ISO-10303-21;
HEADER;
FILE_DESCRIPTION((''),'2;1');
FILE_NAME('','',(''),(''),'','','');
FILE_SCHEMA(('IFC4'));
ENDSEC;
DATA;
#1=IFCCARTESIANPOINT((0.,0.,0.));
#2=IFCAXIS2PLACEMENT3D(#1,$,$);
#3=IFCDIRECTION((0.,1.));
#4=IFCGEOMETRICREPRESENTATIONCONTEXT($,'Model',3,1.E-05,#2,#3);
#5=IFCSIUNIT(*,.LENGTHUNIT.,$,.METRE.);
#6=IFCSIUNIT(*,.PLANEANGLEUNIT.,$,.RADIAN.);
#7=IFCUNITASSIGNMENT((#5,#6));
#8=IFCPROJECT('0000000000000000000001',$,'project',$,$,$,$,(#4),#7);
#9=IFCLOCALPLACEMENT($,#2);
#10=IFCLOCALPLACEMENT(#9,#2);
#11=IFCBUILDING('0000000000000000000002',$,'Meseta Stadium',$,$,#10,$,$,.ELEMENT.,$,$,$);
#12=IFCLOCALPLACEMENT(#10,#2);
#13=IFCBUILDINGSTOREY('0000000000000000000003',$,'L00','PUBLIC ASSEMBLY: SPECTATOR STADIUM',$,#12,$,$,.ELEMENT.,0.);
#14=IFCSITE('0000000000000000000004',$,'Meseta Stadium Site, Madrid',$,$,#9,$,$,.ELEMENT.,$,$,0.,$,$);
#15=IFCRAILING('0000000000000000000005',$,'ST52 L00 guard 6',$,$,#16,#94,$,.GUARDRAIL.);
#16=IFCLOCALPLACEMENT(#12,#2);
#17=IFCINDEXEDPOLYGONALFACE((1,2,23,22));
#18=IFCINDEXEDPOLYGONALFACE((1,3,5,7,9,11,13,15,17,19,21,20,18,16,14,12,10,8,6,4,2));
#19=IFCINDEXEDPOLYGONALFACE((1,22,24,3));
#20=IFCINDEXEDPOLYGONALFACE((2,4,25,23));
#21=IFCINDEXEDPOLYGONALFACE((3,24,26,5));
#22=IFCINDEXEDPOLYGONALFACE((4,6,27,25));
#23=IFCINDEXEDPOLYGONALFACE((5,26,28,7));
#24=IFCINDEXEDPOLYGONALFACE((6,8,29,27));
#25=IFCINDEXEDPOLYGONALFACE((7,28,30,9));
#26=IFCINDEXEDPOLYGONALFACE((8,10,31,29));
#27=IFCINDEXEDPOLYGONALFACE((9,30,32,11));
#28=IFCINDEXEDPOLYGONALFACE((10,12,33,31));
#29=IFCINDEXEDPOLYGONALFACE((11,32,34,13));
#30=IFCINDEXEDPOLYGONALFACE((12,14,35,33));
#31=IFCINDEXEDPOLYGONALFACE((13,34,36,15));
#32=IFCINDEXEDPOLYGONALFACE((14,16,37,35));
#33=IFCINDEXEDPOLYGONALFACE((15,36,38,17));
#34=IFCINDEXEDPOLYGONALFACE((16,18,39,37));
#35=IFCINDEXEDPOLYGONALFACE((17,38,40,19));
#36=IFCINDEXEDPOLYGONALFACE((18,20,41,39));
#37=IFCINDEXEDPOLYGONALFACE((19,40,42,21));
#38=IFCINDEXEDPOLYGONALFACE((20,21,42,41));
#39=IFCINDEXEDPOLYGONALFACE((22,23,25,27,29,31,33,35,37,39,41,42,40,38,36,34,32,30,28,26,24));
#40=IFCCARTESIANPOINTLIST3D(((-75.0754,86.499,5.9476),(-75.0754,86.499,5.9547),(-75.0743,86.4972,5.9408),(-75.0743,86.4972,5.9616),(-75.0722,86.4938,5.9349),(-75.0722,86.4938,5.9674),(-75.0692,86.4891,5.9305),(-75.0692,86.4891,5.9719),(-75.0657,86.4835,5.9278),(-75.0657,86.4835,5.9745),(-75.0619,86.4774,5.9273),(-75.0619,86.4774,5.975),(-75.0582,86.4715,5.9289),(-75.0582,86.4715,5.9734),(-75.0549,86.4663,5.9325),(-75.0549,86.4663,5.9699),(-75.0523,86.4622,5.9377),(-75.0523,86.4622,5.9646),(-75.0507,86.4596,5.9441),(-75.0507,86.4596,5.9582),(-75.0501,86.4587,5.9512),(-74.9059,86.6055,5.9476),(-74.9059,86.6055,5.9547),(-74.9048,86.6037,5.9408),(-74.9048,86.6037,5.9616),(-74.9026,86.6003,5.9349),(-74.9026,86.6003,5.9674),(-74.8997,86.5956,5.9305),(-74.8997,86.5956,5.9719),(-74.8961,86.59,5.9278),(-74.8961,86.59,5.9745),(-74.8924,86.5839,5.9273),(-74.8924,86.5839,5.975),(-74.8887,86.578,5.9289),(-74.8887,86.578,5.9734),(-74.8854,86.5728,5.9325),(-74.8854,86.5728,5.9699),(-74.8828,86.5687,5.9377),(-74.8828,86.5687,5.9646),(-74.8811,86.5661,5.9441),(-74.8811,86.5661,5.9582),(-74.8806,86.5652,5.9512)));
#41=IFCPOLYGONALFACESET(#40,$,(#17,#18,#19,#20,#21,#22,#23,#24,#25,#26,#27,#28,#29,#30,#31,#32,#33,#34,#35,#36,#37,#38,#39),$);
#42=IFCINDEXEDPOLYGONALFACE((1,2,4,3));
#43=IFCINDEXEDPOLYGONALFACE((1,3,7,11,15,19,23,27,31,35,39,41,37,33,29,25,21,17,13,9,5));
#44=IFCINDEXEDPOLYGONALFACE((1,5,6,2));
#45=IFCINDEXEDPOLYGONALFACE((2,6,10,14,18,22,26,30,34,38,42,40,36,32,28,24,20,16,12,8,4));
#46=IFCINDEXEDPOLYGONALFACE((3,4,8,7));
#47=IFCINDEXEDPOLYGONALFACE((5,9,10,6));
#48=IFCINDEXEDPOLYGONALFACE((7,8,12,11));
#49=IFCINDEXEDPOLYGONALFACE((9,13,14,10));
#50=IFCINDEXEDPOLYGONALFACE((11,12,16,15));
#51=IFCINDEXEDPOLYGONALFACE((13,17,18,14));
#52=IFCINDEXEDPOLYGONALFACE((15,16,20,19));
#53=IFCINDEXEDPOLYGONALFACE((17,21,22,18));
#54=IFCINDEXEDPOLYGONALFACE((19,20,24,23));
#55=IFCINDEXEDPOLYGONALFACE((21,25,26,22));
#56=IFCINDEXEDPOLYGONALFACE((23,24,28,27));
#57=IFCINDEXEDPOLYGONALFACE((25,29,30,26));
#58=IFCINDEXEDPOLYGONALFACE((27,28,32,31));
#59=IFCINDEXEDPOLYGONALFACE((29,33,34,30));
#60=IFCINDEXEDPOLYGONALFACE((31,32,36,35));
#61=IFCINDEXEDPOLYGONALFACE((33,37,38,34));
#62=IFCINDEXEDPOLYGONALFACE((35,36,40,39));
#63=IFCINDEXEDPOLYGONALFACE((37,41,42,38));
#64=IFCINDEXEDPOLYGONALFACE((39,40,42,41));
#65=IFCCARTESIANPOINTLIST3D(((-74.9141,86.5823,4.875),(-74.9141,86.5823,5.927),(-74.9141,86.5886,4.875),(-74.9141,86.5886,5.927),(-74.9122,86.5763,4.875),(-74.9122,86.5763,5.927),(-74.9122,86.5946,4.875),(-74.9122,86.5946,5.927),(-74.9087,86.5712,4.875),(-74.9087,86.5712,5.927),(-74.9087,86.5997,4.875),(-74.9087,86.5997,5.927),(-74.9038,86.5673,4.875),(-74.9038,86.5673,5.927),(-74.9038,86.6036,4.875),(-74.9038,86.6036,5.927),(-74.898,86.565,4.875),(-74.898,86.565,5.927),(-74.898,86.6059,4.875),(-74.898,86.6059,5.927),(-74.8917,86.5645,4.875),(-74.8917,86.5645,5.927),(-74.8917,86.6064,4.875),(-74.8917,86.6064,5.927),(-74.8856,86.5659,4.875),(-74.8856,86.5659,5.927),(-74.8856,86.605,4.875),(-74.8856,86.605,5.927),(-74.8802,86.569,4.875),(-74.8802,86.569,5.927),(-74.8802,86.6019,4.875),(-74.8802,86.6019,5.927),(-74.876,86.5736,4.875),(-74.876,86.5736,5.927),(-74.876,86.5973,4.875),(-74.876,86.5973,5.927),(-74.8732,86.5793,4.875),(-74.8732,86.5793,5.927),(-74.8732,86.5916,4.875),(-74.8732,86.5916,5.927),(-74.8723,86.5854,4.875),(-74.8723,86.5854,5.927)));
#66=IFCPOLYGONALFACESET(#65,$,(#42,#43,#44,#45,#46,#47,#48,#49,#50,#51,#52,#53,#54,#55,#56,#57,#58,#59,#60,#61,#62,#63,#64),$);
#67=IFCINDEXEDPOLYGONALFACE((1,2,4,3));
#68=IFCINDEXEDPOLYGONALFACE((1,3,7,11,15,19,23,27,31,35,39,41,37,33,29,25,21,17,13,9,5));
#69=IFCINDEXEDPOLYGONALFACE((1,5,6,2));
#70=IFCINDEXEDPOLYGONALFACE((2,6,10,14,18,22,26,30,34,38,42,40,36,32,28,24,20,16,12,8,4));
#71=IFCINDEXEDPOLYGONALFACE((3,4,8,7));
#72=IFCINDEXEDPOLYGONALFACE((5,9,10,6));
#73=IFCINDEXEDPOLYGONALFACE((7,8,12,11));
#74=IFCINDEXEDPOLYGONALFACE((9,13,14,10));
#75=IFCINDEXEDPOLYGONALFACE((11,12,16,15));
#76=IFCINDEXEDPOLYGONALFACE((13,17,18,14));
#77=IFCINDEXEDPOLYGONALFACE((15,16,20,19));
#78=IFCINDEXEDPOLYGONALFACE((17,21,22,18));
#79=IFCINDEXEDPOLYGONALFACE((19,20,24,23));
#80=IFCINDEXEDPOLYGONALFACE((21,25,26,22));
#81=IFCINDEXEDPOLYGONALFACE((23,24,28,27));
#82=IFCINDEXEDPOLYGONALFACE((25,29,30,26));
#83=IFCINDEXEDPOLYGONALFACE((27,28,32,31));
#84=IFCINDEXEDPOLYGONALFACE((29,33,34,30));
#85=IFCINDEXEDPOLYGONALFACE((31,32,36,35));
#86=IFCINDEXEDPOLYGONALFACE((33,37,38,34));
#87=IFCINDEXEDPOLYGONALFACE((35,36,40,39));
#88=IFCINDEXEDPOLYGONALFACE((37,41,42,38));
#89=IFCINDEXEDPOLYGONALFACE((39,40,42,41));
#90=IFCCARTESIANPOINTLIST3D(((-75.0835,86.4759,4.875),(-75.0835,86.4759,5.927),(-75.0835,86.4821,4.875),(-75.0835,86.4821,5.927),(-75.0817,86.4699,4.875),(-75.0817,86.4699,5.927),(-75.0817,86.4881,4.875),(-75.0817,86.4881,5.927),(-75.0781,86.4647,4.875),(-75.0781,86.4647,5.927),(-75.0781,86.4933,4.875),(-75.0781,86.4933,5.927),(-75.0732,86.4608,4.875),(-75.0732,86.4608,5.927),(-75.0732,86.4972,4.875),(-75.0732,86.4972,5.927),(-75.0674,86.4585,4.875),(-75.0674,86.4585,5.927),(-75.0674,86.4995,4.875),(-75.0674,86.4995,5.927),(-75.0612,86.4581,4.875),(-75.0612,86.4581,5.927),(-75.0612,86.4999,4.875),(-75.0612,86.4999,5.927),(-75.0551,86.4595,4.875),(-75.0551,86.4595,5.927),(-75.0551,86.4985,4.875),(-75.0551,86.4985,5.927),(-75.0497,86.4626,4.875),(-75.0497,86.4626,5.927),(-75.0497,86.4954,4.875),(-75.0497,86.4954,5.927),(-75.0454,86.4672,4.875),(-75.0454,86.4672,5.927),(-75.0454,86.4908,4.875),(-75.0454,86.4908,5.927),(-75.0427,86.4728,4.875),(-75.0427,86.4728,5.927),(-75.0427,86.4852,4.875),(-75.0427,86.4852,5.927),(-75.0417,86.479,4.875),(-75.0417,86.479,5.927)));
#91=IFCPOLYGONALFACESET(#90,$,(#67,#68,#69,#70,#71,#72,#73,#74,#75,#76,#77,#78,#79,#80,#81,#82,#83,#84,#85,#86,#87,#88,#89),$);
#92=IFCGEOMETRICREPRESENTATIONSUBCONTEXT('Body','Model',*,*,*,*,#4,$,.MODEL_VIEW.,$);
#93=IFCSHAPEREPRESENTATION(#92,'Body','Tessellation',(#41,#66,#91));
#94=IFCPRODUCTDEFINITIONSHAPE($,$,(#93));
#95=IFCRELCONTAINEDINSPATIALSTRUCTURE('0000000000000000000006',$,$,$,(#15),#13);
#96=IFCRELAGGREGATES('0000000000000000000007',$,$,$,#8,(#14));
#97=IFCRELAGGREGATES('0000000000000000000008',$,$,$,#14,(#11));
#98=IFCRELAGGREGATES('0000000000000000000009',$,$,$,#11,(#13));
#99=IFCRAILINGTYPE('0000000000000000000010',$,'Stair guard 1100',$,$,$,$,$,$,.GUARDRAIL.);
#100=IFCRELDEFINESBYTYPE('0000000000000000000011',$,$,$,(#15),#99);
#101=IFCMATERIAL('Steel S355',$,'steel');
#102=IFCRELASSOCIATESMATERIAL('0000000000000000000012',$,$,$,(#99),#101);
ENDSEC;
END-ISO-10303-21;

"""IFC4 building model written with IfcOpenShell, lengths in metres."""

from ifc_helpers import new_model, si_unit, direction, frame, origin, origin_2d, place, context, subcontext, project, spatial, circle, extrude, material, type_object, element, save


model = new_model("IFC4")

# Units and contexts
model_context = context("Model", 3, precision=1e-05, world=origin(), true_north=direction((0.0, 1.0)))
body_context = subcontext(model_context, "Body", "Model", "MODEL_VIEW")
ifc_project = project(units=[si_unit("LENGTHUNIT", "METRE"), si_unit("PLANEANGLEUNIT", "RADIAN")], contexts=[model_context])

# Site, building, storey
site_placement = place(None, origin())
site = spatial("IfcSite", under=ifc_project, at=site_placement, Name="Meseta Stadium Site, Madrid", CompositionType="ELEMENT", RefElevation=0.0)
building_placement = place(site_placement, origin())
building = spatial("IfcBuilding", under=site, at=building_placement, Name="Meseta Stadium", CompositionType="ELEMENT")
storey_placement = place(building_placement, origin())
storey = spatial("IfcBuildingStorey", under=building, at=storey_placement, Name="L00", Description="PUBLIC ASSEMBLY: SPECTATOR STADIUM", CompositionType="ELEMENT", Elevation=0.0)

# Railing
ifc_material_1 = material(Name="Steel S355", Category="steel")
railing_type_1 = type_object("IfcRailingType", Name="Stair guard 1100", PredefinedType="GUARDRAIL", material=ifc_material_1)
railing_1_placement = place(storey_placement, frame((-74.8933, 86.5854, 4.875)))
element("IfcRailing", 1, at=railing_1_placement, inside=storey, type_object=railing_type_1, Name="ST52 L00 guard 6", PredefinedType="GUARDRAIL", context=body_context, shape_type="SweptSolid", body=[
    extrude(circle(Radius=0.0239, at=origin_2d()), frame((0.0, 0.0, 1.0762), z_axis=(-0.846762, -0.531972, 0.0), x_axis=(0.531972, -0.846762, 0.0)), (0.0, 0.0, 1.0), 0.2002),
    extrude(circle(Radius=0.021, at=origin_2d()), origin(), (0.0, 0.0, 1.0), 1.052),
    extrude(circle(Radius=0.021, at=origin_2d()), frame((-0.1694, -0.1064, 0.0)), (0.0, 0.0, 1.0), 1.052),
])

save(model, "model.ifc")
